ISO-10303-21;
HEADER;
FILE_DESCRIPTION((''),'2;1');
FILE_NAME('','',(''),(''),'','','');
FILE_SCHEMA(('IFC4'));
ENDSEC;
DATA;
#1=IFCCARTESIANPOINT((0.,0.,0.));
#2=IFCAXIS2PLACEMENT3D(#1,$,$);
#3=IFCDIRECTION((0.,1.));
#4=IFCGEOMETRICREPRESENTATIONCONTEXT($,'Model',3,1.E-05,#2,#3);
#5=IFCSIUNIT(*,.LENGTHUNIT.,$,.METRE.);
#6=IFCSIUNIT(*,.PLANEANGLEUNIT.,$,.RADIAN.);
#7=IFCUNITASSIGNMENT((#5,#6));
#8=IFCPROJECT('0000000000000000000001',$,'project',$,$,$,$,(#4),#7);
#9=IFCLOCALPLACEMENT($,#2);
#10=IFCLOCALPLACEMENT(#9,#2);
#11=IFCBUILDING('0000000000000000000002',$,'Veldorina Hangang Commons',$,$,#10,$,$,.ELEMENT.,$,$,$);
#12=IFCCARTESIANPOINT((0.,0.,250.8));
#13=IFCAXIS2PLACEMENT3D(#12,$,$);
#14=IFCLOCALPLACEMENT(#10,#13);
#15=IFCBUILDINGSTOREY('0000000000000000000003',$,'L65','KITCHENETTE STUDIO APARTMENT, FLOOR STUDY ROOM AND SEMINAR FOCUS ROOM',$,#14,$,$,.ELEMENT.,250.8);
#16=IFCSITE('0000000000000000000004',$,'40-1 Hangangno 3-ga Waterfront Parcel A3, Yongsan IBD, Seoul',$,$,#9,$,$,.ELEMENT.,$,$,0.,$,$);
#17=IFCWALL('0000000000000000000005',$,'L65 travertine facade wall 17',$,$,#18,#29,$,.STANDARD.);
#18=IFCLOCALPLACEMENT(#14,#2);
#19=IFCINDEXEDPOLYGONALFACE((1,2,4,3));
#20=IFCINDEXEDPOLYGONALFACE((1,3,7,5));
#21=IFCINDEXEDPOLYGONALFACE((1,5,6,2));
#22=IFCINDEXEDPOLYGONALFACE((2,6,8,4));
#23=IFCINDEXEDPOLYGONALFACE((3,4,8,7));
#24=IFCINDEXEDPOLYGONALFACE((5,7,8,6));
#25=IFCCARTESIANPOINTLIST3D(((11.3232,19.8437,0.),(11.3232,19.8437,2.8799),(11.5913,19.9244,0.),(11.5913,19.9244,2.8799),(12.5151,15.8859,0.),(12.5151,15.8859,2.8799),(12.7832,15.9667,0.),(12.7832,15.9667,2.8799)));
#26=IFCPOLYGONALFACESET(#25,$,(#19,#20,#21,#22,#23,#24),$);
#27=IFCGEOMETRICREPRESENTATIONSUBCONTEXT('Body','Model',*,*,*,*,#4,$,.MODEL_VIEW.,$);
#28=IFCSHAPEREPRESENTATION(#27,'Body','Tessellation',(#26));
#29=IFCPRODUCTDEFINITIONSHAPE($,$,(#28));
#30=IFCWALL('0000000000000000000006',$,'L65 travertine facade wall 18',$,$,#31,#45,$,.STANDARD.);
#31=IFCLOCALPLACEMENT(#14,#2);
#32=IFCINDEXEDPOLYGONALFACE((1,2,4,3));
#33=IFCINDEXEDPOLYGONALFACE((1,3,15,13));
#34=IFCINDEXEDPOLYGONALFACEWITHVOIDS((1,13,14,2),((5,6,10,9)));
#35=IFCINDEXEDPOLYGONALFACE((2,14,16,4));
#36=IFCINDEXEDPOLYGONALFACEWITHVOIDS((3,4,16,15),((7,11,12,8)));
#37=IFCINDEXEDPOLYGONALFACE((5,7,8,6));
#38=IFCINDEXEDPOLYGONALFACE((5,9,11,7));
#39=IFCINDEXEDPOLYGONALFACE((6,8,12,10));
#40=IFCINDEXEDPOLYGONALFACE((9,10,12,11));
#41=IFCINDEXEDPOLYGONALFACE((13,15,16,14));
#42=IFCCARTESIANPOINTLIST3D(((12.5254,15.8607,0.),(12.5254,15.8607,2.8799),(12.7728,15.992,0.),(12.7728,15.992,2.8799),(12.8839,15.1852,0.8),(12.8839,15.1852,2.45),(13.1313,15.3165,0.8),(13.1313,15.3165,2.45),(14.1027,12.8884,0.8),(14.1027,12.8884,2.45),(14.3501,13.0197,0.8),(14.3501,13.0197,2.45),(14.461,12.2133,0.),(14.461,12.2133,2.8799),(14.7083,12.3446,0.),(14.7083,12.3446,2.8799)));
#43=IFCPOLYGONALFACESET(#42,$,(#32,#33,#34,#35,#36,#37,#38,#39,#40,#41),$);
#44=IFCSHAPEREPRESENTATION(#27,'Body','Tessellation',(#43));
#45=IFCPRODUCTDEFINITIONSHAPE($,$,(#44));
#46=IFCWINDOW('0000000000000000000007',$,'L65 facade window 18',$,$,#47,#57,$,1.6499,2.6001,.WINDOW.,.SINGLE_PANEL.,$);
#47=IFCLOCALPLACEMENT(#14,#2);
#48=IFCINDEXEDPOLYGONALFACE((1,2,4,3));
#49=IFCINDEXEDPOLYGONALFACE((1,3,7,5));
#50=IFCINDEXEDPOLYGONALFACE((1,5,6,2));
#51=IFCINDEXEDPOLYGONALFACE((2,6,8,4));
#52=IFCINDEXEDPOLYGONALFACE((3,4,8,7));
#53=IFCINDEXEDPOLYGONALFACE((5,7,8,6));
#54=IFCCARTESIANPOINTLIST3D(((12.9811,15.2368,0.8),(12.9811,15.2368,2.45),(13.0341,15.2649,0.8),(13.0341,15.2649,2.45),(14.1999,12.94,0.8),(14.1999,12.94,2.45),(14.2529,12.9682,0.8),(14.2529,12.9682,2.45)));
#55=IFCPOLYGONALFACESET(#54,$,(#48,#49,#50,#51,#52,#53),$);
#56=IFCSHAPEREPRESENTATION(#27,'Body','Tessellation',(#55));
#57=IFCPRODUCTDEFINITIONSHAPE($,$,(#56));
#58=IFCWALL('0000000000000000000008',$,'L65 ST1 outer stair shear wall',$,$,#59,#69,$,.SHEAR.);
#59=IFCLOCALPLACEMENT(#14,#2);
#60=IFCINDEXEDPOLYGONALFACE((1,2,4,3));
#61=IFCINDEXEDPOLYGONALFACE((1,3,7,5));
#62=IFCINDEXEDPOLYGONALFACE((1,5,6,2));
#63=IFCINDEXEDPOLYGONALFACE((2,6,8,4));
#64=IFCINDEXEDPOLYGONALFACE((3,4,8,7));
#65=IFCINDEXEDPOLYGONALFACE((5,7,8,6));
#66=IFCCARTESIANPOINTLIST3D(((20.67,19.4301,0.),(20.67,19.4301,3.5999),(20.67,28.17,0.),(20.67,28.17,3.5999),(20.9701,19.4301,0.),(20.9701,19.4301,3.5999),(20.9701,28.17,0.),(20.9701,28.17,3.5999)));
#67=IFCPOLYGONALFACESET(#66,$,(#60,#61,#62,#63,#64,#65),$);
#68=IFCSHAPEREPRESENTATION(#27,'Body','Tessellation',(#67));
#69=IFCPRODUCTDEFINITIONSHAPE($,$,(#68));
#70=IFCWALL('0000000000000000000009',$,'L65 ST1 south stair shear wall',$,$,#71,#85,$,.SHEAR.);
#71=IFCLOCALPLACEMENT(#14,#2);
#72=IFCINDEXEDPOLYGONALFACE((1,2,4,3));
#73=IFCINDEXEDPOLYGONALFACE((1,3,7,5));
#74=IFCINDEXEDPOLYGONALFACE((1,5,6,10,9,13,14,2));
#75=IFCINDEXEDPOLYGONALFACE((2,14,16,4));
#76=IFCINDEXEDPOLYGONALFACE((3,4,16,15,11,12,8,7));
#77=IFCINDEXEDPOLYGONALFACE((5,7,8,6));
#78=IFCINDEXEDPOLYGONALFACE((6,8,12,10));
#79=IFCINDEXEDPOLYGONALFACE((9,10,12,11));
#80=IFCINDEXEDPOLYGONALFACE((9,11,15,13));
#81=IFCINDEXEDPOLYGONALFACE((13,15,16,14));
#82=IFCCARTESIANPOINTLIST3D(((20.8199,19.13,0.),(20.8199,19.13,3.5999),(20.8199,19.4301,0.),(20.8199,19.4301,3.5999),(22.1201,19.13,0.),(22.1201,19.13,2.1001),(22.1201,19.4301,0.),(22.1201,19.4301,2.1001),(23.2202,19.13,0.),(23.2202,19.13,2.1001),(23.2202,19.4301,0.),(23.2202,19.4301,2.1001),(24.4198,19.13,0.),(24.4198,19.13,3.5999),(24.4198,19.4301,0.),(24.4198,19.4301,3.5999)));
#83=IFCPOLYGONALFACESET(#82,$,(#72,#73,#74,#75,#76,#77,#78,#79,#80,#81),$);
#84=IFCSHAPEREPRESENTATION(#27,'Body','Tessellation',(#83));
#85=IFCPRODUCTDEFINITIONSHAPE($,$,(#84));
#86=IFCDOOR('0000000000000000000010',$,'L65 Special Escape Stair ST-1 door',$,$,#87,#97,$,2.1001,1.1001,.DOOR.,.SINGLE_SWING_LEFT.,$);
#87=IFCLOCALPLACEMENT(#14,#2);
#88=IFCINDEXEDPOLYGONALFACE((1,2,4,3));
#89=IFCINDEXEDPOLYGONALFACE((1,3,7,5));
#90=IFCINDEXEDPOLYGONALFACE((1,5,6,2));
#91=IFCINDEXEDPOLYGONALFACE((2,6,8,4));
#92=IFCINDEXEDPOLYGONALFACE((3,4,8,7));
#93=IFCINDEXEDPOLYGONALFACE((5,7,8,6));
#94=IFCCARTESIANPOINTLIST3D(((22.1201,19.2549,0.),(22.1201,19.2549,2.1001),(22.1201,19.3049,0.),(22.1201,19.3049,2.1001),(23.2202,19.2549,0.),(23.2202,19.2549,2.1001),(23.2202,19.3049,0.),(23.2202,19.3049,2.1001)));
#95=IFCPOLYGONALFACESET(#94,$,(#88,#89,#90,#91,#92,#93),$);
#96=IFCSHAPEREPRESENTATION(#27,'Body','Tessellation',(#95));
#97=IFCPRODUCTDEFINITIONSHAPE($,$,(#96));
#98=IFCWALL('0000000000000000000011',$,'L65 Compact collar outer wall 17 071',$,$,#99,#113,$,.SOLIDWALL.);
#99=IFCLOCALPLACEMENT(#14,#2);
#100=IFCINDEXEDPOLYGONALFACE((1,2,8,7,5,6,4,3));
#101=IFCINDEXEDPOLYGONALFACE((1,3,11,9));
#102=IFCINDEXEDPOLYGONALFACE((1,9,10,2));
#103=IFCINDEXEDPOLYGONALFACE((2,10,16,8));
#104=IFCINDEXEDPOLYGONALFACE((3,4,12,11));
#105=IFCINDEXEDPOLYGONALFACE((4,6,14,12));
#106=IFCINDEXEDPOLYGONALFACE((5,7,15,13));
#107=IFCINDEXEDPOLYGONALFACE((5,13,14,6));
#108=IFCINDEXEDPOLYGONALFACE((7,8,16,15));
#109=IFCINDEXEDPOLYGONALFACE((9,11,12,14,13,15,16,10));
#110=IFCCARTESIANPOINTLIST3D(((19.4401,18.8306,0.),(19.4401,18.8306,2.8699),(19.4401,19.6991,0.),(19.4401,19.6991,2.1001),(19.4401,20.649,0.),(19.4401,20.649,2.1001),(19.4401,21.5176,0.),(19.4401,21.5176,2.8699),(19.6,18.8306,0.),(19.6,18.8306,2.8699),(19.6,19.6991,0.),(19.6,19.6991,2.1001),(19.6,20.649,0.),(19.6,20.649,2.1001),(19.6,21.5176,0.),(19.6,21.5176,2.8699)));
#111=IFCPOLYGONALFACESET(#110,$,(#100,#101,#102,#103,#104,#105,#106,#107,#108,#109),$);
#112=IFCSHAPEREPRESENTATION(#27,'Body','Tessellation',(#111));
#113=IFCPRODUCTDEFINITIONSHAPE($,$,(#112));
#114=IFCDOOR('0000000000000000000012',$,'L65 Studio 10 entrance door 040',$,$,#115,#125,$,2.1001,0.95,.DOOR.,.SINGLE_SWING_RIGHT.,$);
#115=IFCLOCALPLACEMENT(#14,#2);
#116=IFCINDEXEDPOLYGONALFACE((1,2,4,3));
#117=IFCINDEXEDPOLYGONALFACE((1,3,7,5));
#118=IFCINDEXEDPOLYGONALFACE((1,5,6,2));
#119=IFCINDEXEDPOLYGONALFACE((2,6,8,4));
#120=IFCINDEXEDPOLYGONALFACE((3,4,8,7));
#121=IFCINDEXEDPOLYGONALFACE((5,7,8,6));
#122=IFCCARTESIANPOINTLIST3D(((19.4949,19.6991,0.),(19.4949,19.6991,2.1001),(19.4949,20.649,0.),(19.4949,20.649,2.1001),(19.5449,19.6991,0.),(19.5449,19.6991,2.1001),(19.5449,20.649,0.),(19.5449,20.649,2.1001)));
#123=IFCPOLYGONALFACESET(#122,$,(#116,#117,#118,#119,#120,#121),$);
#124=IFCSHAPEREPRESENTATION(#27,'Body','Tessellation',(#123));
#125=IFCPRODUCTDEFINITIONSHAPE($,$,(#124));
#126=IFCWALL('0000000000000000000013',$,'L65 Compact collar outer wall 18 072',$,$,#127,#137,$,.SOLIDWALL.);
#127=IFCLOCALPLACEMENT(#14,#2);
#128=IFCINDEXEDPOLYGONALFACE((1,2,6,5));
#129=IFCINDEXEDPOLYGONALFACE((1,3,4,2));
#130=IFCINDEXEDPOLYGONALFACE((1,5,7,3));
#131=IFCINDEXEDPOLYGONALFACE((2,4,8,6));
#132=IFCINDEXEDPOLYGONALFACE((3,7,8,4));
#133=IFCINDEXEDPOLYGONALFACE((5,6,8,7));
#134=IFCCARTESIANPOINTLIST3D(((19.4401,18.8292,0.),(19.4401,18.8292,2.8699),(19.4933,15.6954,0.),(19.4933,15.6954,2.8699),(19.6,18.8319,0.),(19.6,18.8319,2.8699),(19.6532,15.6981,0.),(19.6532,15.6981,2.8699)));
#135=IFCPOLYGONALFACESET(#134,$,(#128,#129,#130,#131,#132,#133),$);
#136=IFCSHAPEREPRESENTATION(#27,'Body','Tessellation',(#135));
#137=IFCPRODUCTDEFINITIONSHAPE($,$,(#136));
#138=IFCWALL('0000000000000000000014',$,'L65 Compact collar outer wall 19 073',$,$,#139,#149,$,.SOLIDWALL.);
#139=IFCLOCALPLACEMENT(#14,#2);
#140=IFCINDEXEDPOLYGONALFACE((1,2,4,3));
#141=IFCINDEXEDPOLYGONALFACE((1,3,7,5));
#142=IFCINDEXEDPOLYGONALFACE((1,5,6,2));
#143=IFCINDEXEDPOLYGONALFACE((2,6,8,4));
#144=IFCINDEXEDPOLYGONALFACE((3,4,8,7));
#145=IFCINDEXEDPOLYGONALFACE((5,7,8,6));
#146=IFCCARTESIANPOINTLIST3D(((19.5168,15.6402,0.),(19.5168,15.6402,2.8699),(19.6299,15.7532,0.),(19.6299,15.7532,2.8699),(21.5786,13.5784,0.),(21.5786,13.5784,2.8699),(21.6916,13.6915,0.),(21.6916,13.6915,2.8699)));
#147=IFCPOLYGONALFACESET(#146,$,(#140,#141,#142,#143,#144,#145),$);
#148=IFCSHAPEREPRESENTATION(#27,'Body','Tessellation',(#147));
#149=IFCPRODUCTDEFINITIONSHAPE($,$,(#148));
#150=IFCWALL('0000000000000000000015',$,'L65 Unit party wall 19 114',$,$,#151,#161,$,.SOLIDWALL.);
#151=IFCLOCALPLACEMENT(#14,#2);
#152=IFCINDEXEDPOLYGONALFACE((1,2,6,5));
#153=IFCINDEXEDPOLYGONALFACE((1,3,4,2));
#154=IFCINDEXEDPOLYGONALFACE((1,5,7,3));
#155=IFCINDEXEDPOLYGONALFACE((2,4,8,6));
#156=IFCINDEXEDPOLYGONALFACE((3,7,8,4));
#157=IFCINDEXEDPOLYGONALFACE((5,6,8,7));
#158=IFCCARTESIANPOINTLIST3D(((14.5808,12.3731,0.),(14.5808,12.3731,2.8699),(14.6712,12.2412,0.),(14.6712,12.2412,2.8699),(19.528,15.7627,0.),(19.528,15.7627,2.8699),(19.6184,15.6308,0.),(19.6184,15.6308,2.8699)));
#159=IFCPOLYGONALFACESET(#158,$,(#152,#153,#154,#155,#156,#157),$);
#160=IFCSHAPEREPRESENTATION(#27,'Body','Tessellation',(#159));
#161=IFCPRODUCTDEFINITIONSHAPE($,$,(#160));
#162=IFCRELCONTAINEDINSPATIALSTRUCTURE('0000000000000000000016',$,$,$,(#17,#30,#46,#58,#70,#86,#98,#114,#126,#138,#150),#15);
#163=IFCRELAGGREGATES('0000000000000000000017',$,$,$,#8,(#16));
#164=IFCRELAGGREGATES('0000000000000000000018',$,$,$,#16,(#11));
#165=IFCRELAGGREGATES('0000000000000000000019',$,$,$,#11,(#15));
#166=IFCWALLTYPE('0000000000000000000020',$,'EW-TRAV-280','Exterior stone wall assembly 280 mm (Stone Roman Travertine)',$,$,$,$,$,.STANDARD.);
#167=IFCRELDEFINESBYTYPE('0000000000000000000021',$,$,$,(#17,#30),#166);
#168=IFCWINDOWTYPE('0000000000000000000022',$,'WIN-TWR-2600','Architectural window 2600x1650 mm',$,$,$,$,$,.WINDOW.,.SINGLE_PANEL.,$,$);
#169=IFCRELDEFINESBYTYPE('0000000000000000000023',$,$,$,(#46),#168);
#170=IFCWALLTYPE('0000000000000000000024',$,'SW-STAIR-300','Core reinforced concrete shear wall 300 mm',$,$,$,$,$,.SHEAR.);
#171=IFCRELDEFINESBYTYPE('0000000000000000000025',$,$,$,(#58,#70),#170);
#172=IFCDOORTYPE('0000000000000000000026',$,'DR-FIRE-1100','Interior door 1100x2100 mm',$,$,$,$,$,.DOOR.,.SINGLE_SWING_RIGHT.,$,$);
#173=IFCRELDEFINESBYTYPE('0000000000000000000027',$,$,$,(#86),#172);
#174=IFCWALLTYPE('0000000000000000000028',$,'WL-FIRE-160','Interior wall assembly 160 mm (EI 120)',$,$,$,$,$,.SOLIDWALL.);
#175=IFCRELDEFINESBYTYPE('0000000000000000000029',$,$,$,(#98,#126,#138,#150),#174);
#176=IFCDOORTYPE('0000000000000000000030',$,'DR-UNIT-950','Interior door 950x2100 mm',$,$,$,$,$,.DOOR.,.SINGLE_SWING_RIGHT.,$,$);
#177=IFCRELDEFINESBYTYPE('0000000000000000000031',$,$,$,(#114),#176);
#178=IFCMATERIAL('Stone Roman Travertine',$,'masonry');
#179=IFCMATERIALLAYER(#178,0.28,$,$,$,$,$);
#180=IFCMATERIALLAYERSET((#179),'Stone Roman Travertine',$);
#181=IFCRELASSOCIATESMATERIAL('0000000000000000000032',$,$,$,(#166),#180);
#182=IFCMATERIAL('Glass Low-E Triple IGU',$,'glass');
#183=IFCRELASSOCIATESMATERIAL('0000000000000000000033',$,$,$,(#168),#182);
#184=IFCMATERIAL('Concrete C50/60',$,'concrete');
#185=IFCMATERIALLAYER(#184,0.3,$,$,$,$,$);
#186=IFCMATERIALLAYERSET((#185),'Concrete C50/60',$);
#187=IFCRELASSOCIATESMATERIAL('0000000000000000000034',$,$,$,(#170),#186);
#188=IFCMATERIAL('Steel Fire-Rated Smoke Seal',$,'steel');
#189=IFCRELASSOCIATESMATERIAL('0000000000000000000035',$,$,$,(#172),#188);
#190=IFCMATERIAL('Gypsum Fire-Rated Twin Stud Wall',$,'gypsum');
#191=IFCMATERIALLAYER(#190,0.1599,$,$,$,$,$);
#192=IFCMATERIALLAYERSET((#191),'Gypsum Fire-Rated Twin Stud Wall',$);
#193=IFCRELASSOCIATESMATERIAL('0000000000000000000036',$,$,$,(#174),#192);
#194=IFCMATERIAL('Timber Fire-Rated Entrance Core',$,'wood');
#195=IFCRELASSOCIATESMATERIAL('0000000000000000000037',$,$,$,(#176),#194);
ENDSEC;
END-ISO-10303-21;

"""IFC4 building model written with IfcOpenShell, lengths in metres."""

from ifc_helpers import new_model, si_unit, direction, frame, frame_2d, origin, place, context, subcontext, project, spatial, rectangle, extrude, material, layer, layer_set, type_object, element, fill, save


model = new_model("IFC4")

# Units and contexts
model_context = context("Model", 3, precision=1e-05, world=origin(), true_north=direction((0.0, 1.0)))
body_context = subcontext(model_context, "Body", "Model", "MODEL_VIEW")
ifc_project = project(units=[si_unit("LENGTHUNIT", "METRE"), si_unit("PLANEANGLEUNIT", "RADIAN")], contexts=[model_context])

# Site, building, storey
site_placement = place(None, origin())
site = spatial("IfcSite", under=ifc_project, at=site_placement, Name="40-1 Hangangno 3-ga Waterfront Parcel A3, Yongsan IBD, Seoul", CompositionType="ELEMENT", RefElevation=0.0)
building_placement = place(site_placement, origin())
building = spatial("IfcBuilding", under=site, at=building_placement, Name="Veldorina Hangang Commons", CompositionType="ELEMENT")
storey_placement = place(building_placement, frame((0.0, 0.0, 250.8)))
storey = spatial("IfcBuildingStorey", under=building, at=storey_placement, Name="L65", Description="KITCHENETTE STUDIO APARTMENT, FLOOR STUDY ROOM AND SEMINAR FOCUS ROOM", CompositionType="ELEMENT", Elevation=250.8)

# Wall
ifc_material_1 = material(Name="Stone Roman Travertine", Category="masonry")
ifc_layer_1 = layer(ifc_material_1, 0.28)
ifc_layer_set_1 = layer_set([ifc_layer_1], Name="Stone Roman Travertine")
wall_type_1 = type_object("IfcWallType", Name="EW-TRAV-280", Description="Exterior stone wall assembly 280 mm (Stone Roman Travertine)", PredefinedType="STANDARD", material=ifc_layer_set_1)
wall_1_placement = place(storey_placement, frame((11.4573, 19.884, 0.0), z_axis=(0.0, 0.0, 1.0), x_axis=(0.288361, -0.957522, 0.0)))
element("IfcWall", 1, at=wall_1_placement, inside=storey, type_object=wall_type_1, Name="L65 travertine facade wall 17", PredefinedType="STANDARD", context=body_context, shape_type="SweptSolid", body=[
    extrude(rectangle(XDim=4.1333, YDim=0.28, at=frame_2d((2.0667, 0.0))), origin(), (0.0, 0.0, 1.0), 2.8799),
])

# Wall, opening, window
wall_2_placement = place(storey_placement, frame((12.6492, 15.9263, 0.0), z_axis=(0.0, 0.0, 1.0), x_axis=(0.468746, -0.883333, 0.0)))
wall_2 = element("IfcWall", 2, at=wall_2_placement, inside=storey, type_object=wall_type_1, Name="L65 travertine facade wall 18", PredefinedType="STANDARD", context=body_context, shape_type="SweptSolid", body=[
    extrude(rectangle(XDim=4.1292, YDim=0.28, at=frame_2d((2.0645, 0.0))), origin(), (0.0, 0.0, 1.0), 2.8799),
])
opening_1_placement = place(wall_2_placement, frame((0.7646, 0.0, 0.8)))
opening_1 = element("IfcOpeningElement", 3, at=opening_1_placement, cuts=wall_2, PredefinedType="OPENING", context=body_context, shape_type="SweptSolid", body=[
    extrude(rectangle(XDim=2.6001, YDim=1.6499, at=frame_2d((1.3, 0.825))), frame((0.0, 0.1499, 0.0), z_axis=(0.0, -1.0, 0.0), x_axis=(1.0, 0.0, 0.0)), (0.0, 0.0, 1.0), 0.3),
])
ifc_material_2 = material(Name="Glass Low-E Triple IGU", Category="glass")
window_type = type_object("IfcWindowType", Name="WIN-TWR-2600", Description="Architectural window 2600x1650 mm", PartitioningType="SINGLE_PANEL", PredefinedType="WINDOW", material=ifc_material_2)
window_placement = place(opening_1_placement, origin())
window = element("IfcWindow", 4, at=window_placement, inside=storey, type_object=window_type, Name="L65 facade window 18", OverallHeight=1.6499, OverallWidth=2.6001, PartitioningType="SINGLE_PANEL", PredefinedType="WINDOW", context=body_context, shape_type="SweptSolid", body=[
    extrude(rectangle(XDim=2.6001, YDim=1.6499, at=frame_2d((1.3, 0.825))), frame((0.0, 0.03, 0.0), z_axis=(0.0, -1.0, 0.0), x_axis=(1.0, 0.0, 0.0)), (0.0, 0.0, 1.0), 0.0601),
])
fill(opening_1, window)

# Wall
ifc_material_3 = material(Name="Concrete C50/60", Category="concrete")
ifc_layer_2 = layer(ifc_material_3, 0.3)
ifc_layer_set_2 = layer_set([ifc_layer_2], Name="Concrete C50/60")
wall_type_2 = type_object("IfcWallType", Name="SW-STAIR-300", Description="Core reinforced concrete shear wall 300 mm", PredefinedType="SHEAR", material=ifc_layer_set_2)
wall_3_placement = place(storey_placement, frame((20.8201, 19.4299, 0.0), z_axis=(0.0, 0.0, 1.0), x_axis=(0.0, 1.0, 0.0)))
element("IfcWall", 5, at=wall_3_placement, inside=storey, type_object=wall_type_2, Name="L65 ST1 outer stair shear wall", PredefinedType="SHEAR", context=body_context, shape_type="SweptSolid", body=[
    extrude(rectangle(XDim=8.74, YDim=0.3, at=frame_2d((4.3701, 0.0))), origin(), (0.0, 0.0, 1.0), 3.5999),
])

# Walls, openings, doors
wall_4_placement = place(storey_placement, frame((20.8201, 19.28, 0.0), z_axis=(0.0, 0.0, 1.0), x_axis=(1.0, 0.0, 0.0)))
wall_4 = element("IfcWall", 6, at=wall_4_placement, inside=storey, type_object=wall_type_2, Name="L65 ST1 south stair shear wall", PredefinedType="SHEAR", context=body_context, shape_type="SweptSolid", body=[
    extrude(rectangle(XDim=3.5999, YDim=0.3, at=frame_2d((1.7998, 0.0))), origin(), (0.0, 0.0, 1.0), 3.5999),
])
opening_2_placement = place(wall_4_placement, frame((1.3, 0.0, 0.0)))
opening_2 = element("IfcOpeningElement", 7, at=opening_2_placement, cuts=wall_4, PredefinedType="OPENING", context=body_context, shape_type="SweptSolid", body=[
    extrude(rectangle(XDim=1.1001, YDim=2.1001, at=frame_2d((0.55, 1.05))), frame((0.0, 0.1602, 0.0), z_axis=(0.0, -1.0, 0.0), x_axis=(1.0, 0.0, 0.0)), (0.0, 0.0, 1.0), 0.3201),
])
ifc_material_4 = material(Name="Steel Fire-Rated Smoke Seal", Category="steel")
door_type_1 = type_object("IfcDoorType", Name="DR-FIRE-1100", Description="Interior door 1100x2100 mm", OperationType="SINGLE_SWING_RIGHT", PredefinedType="DOOR", material=ifc_material_4)
door_1_placement = place(opening_2_placement, origin())
door_1 = element("IfcDoor", 8, at=door_1_placement, inside=storey, type_object=door_type_1, Name="L65 Special Escape Stair ST-1 door", OperationType="SINGLE_SWING_LEFT", OverallHeight=2.1001, OverallWidth=1.1001, PredefinedType="DOOR", context=body_context, shape_type="SweptSolid", body=[
    extrude(rectangle(XDim=1.1001, YDim=2.1001, at=frame_2d((0.55, 1.05))), frame((0.0, 0.0249, 0.0), z_axis=(0.0, -1.0, 0.0), x_axis=(1.0, 0.0, 0.0)), (0.0, 0.0, 1.0), 0.05),
])
fill(opening_2, door_1)
ifc_material_5 = material(Name="Gypsum Fire-Rated Twin Stud Wall", Category="gypsum")
ifc_layer_3 = layer(ifc_material_5, 0.1599)
ifc_layer_set_3 = layer_set([ifc_layer_3], Name="Gypsum Fire-Rated Twin Stud Wall")
wall_type_3 = type_object("IfcWallType", Name="WL-FIRE-160", Description="Interior wall assembly 160 mm (EI 120)", PredefinedType="SOLIDWALL", material=ifc_layer_set_3)
wall_5_placement = place(storey_placement, frame((19.52, 21.5176, 0.0), z_axis=(0.0, 0.0, 1.0), x_axis=(0.0, -1.0, 0.0)))
wall_5 = element("IfcWall", 9, at=wall_5_placement, inside=storey, type_object=wall_type_3, Name="L65 Compact collar outer wall 17 071", PredefinedType="SOLIDWALL", context=body_context, shape_type="SweptSolid", body=[
    extrude(rectangle(XDim=2.687, YDim=0.1599, at=frame_2d((1.3435, 0.0))), origin(), (0.0, 0.0, 1.0), 2.8699),
])
opening_3_placement = place(wall_5_placement, frame((0.8684, 0.0, 0.0)))
opening_3 = element("IfcOpeningElement", 10, at=opening_3_placement, cuts=wall_5, PredefinedType="OPENING", context=body_context, shape_type="SweptSolid", body=[
    extrude(rectangle(XDim=0.95, YDim=2.1001, at=frame_2d((0.4751, 1.05))), frame((0.0, 0.0898, 0.0), z_axis=(0.0, -1.0, 0.0), x_axis=(1.0, 0.0, 0.0)), (0.0, 0.0, 1.0), 0.1799),
])
ifc_material_6 = material(Name="Timber Fire-Rated Entrance Core", Category="wood")
door_type_2 = type_object("IfcDoorType", Name="DR-UNIT-950", Description="Interior door 950x2100 mm", OperationType="SINGLE_SWING_RIGHT", PredefinedType="DOOR", material=ifc_material_6)
door_2_placement = place(opening_3_placement, origin())
door_2 = element("IfcDoor", 11, at=door_2_placement, inside=storey, type_object=door_type_2, Name="L65 Studio 10 entrance door 040", OperationType="SINGLE_SWING_RIGHT", OverallHeight=2.1001, OverallWidth=0.95, PredefinedType="DOOR", context=body_context, shape_type="SweptSolid", body=[
    extrude(rectangle(XDim=0.95, YDim=2.1001, at=frame_2d((0.4751, 1.05))), frame((0.0, 0.0249, 0.0), z_axis=(0.0, -1.0, 0.0), x_axis=(1.0, 0.0, 0.0)), (0.0, 0.0, 1.0), 0.05),
])
fill(opening_3, door_2)

# Walls
wall_6_placement = place(storey_placement, frame((19.52, 18.8306, 0.0), z_axis=(0.0, 0.0, 1.0), x_axis=(0.016981, -0.999856, 0.0)))
element("IfcWall", 12, at=wall_6_placement, inside=storey, type_object=wall_type_3, Name="L65 Compact collar outer wall 18 072", PredefinedType="SOLIDWALL", context=body_context, shape_type="SweptSolid", body=[
    extrude(rectangle(XDim=3.1343, YDim=0.1599, at=frame_2d((1.5671, 0.0))), origin(), (0.0, 0.0, 1.0), 2.8699),
])
wall_7_placement = place(storey_placement, frame((19.5732, 15.6968, 0.0), z_axis=(0.0, 0.0, 1.0), x_axis=(0.707107, -0.707107, 0.0)))
element("IfcWall", 13, at=wall_7_placement, inside=storey, type_object=wall_type_3, Name="L65 Compact collar outer wall 19 073", PredefinedType="SOLIDWALL", context=body_context, shape_type="SweptSolid", body=[
    extrude(rectangle(XDim=2.9158, YDim=0.1599, at=frame_2d((1.458, 0.0))), origin(), (0.0, 0.0, 1.0), 2.8699),
])
wall_8_placement = place(storey_placement, frame((19.5732, 15.6968, 0.0), z_axis=(0.0, 0.0, 1.0), x_axis=(-0.824944, -0.565215, 0.0)))
element("IfcWall", 14, at=wall_8_placement, inside=storey, type_object=wall_type_3, Name="L65 Unit party wall 19 114", PredefinedType="SOLIDWALL", context=body_context, shape_type="SweptSolid", body=[
    extrude(rectangle(XDim=5.9971, YDim=0.1599, at=frame_2d((2.9985, 0.0))), origin(), (0.0, 0.0, 1.0), 2.8699),
])

save(model, "model.ifc")
